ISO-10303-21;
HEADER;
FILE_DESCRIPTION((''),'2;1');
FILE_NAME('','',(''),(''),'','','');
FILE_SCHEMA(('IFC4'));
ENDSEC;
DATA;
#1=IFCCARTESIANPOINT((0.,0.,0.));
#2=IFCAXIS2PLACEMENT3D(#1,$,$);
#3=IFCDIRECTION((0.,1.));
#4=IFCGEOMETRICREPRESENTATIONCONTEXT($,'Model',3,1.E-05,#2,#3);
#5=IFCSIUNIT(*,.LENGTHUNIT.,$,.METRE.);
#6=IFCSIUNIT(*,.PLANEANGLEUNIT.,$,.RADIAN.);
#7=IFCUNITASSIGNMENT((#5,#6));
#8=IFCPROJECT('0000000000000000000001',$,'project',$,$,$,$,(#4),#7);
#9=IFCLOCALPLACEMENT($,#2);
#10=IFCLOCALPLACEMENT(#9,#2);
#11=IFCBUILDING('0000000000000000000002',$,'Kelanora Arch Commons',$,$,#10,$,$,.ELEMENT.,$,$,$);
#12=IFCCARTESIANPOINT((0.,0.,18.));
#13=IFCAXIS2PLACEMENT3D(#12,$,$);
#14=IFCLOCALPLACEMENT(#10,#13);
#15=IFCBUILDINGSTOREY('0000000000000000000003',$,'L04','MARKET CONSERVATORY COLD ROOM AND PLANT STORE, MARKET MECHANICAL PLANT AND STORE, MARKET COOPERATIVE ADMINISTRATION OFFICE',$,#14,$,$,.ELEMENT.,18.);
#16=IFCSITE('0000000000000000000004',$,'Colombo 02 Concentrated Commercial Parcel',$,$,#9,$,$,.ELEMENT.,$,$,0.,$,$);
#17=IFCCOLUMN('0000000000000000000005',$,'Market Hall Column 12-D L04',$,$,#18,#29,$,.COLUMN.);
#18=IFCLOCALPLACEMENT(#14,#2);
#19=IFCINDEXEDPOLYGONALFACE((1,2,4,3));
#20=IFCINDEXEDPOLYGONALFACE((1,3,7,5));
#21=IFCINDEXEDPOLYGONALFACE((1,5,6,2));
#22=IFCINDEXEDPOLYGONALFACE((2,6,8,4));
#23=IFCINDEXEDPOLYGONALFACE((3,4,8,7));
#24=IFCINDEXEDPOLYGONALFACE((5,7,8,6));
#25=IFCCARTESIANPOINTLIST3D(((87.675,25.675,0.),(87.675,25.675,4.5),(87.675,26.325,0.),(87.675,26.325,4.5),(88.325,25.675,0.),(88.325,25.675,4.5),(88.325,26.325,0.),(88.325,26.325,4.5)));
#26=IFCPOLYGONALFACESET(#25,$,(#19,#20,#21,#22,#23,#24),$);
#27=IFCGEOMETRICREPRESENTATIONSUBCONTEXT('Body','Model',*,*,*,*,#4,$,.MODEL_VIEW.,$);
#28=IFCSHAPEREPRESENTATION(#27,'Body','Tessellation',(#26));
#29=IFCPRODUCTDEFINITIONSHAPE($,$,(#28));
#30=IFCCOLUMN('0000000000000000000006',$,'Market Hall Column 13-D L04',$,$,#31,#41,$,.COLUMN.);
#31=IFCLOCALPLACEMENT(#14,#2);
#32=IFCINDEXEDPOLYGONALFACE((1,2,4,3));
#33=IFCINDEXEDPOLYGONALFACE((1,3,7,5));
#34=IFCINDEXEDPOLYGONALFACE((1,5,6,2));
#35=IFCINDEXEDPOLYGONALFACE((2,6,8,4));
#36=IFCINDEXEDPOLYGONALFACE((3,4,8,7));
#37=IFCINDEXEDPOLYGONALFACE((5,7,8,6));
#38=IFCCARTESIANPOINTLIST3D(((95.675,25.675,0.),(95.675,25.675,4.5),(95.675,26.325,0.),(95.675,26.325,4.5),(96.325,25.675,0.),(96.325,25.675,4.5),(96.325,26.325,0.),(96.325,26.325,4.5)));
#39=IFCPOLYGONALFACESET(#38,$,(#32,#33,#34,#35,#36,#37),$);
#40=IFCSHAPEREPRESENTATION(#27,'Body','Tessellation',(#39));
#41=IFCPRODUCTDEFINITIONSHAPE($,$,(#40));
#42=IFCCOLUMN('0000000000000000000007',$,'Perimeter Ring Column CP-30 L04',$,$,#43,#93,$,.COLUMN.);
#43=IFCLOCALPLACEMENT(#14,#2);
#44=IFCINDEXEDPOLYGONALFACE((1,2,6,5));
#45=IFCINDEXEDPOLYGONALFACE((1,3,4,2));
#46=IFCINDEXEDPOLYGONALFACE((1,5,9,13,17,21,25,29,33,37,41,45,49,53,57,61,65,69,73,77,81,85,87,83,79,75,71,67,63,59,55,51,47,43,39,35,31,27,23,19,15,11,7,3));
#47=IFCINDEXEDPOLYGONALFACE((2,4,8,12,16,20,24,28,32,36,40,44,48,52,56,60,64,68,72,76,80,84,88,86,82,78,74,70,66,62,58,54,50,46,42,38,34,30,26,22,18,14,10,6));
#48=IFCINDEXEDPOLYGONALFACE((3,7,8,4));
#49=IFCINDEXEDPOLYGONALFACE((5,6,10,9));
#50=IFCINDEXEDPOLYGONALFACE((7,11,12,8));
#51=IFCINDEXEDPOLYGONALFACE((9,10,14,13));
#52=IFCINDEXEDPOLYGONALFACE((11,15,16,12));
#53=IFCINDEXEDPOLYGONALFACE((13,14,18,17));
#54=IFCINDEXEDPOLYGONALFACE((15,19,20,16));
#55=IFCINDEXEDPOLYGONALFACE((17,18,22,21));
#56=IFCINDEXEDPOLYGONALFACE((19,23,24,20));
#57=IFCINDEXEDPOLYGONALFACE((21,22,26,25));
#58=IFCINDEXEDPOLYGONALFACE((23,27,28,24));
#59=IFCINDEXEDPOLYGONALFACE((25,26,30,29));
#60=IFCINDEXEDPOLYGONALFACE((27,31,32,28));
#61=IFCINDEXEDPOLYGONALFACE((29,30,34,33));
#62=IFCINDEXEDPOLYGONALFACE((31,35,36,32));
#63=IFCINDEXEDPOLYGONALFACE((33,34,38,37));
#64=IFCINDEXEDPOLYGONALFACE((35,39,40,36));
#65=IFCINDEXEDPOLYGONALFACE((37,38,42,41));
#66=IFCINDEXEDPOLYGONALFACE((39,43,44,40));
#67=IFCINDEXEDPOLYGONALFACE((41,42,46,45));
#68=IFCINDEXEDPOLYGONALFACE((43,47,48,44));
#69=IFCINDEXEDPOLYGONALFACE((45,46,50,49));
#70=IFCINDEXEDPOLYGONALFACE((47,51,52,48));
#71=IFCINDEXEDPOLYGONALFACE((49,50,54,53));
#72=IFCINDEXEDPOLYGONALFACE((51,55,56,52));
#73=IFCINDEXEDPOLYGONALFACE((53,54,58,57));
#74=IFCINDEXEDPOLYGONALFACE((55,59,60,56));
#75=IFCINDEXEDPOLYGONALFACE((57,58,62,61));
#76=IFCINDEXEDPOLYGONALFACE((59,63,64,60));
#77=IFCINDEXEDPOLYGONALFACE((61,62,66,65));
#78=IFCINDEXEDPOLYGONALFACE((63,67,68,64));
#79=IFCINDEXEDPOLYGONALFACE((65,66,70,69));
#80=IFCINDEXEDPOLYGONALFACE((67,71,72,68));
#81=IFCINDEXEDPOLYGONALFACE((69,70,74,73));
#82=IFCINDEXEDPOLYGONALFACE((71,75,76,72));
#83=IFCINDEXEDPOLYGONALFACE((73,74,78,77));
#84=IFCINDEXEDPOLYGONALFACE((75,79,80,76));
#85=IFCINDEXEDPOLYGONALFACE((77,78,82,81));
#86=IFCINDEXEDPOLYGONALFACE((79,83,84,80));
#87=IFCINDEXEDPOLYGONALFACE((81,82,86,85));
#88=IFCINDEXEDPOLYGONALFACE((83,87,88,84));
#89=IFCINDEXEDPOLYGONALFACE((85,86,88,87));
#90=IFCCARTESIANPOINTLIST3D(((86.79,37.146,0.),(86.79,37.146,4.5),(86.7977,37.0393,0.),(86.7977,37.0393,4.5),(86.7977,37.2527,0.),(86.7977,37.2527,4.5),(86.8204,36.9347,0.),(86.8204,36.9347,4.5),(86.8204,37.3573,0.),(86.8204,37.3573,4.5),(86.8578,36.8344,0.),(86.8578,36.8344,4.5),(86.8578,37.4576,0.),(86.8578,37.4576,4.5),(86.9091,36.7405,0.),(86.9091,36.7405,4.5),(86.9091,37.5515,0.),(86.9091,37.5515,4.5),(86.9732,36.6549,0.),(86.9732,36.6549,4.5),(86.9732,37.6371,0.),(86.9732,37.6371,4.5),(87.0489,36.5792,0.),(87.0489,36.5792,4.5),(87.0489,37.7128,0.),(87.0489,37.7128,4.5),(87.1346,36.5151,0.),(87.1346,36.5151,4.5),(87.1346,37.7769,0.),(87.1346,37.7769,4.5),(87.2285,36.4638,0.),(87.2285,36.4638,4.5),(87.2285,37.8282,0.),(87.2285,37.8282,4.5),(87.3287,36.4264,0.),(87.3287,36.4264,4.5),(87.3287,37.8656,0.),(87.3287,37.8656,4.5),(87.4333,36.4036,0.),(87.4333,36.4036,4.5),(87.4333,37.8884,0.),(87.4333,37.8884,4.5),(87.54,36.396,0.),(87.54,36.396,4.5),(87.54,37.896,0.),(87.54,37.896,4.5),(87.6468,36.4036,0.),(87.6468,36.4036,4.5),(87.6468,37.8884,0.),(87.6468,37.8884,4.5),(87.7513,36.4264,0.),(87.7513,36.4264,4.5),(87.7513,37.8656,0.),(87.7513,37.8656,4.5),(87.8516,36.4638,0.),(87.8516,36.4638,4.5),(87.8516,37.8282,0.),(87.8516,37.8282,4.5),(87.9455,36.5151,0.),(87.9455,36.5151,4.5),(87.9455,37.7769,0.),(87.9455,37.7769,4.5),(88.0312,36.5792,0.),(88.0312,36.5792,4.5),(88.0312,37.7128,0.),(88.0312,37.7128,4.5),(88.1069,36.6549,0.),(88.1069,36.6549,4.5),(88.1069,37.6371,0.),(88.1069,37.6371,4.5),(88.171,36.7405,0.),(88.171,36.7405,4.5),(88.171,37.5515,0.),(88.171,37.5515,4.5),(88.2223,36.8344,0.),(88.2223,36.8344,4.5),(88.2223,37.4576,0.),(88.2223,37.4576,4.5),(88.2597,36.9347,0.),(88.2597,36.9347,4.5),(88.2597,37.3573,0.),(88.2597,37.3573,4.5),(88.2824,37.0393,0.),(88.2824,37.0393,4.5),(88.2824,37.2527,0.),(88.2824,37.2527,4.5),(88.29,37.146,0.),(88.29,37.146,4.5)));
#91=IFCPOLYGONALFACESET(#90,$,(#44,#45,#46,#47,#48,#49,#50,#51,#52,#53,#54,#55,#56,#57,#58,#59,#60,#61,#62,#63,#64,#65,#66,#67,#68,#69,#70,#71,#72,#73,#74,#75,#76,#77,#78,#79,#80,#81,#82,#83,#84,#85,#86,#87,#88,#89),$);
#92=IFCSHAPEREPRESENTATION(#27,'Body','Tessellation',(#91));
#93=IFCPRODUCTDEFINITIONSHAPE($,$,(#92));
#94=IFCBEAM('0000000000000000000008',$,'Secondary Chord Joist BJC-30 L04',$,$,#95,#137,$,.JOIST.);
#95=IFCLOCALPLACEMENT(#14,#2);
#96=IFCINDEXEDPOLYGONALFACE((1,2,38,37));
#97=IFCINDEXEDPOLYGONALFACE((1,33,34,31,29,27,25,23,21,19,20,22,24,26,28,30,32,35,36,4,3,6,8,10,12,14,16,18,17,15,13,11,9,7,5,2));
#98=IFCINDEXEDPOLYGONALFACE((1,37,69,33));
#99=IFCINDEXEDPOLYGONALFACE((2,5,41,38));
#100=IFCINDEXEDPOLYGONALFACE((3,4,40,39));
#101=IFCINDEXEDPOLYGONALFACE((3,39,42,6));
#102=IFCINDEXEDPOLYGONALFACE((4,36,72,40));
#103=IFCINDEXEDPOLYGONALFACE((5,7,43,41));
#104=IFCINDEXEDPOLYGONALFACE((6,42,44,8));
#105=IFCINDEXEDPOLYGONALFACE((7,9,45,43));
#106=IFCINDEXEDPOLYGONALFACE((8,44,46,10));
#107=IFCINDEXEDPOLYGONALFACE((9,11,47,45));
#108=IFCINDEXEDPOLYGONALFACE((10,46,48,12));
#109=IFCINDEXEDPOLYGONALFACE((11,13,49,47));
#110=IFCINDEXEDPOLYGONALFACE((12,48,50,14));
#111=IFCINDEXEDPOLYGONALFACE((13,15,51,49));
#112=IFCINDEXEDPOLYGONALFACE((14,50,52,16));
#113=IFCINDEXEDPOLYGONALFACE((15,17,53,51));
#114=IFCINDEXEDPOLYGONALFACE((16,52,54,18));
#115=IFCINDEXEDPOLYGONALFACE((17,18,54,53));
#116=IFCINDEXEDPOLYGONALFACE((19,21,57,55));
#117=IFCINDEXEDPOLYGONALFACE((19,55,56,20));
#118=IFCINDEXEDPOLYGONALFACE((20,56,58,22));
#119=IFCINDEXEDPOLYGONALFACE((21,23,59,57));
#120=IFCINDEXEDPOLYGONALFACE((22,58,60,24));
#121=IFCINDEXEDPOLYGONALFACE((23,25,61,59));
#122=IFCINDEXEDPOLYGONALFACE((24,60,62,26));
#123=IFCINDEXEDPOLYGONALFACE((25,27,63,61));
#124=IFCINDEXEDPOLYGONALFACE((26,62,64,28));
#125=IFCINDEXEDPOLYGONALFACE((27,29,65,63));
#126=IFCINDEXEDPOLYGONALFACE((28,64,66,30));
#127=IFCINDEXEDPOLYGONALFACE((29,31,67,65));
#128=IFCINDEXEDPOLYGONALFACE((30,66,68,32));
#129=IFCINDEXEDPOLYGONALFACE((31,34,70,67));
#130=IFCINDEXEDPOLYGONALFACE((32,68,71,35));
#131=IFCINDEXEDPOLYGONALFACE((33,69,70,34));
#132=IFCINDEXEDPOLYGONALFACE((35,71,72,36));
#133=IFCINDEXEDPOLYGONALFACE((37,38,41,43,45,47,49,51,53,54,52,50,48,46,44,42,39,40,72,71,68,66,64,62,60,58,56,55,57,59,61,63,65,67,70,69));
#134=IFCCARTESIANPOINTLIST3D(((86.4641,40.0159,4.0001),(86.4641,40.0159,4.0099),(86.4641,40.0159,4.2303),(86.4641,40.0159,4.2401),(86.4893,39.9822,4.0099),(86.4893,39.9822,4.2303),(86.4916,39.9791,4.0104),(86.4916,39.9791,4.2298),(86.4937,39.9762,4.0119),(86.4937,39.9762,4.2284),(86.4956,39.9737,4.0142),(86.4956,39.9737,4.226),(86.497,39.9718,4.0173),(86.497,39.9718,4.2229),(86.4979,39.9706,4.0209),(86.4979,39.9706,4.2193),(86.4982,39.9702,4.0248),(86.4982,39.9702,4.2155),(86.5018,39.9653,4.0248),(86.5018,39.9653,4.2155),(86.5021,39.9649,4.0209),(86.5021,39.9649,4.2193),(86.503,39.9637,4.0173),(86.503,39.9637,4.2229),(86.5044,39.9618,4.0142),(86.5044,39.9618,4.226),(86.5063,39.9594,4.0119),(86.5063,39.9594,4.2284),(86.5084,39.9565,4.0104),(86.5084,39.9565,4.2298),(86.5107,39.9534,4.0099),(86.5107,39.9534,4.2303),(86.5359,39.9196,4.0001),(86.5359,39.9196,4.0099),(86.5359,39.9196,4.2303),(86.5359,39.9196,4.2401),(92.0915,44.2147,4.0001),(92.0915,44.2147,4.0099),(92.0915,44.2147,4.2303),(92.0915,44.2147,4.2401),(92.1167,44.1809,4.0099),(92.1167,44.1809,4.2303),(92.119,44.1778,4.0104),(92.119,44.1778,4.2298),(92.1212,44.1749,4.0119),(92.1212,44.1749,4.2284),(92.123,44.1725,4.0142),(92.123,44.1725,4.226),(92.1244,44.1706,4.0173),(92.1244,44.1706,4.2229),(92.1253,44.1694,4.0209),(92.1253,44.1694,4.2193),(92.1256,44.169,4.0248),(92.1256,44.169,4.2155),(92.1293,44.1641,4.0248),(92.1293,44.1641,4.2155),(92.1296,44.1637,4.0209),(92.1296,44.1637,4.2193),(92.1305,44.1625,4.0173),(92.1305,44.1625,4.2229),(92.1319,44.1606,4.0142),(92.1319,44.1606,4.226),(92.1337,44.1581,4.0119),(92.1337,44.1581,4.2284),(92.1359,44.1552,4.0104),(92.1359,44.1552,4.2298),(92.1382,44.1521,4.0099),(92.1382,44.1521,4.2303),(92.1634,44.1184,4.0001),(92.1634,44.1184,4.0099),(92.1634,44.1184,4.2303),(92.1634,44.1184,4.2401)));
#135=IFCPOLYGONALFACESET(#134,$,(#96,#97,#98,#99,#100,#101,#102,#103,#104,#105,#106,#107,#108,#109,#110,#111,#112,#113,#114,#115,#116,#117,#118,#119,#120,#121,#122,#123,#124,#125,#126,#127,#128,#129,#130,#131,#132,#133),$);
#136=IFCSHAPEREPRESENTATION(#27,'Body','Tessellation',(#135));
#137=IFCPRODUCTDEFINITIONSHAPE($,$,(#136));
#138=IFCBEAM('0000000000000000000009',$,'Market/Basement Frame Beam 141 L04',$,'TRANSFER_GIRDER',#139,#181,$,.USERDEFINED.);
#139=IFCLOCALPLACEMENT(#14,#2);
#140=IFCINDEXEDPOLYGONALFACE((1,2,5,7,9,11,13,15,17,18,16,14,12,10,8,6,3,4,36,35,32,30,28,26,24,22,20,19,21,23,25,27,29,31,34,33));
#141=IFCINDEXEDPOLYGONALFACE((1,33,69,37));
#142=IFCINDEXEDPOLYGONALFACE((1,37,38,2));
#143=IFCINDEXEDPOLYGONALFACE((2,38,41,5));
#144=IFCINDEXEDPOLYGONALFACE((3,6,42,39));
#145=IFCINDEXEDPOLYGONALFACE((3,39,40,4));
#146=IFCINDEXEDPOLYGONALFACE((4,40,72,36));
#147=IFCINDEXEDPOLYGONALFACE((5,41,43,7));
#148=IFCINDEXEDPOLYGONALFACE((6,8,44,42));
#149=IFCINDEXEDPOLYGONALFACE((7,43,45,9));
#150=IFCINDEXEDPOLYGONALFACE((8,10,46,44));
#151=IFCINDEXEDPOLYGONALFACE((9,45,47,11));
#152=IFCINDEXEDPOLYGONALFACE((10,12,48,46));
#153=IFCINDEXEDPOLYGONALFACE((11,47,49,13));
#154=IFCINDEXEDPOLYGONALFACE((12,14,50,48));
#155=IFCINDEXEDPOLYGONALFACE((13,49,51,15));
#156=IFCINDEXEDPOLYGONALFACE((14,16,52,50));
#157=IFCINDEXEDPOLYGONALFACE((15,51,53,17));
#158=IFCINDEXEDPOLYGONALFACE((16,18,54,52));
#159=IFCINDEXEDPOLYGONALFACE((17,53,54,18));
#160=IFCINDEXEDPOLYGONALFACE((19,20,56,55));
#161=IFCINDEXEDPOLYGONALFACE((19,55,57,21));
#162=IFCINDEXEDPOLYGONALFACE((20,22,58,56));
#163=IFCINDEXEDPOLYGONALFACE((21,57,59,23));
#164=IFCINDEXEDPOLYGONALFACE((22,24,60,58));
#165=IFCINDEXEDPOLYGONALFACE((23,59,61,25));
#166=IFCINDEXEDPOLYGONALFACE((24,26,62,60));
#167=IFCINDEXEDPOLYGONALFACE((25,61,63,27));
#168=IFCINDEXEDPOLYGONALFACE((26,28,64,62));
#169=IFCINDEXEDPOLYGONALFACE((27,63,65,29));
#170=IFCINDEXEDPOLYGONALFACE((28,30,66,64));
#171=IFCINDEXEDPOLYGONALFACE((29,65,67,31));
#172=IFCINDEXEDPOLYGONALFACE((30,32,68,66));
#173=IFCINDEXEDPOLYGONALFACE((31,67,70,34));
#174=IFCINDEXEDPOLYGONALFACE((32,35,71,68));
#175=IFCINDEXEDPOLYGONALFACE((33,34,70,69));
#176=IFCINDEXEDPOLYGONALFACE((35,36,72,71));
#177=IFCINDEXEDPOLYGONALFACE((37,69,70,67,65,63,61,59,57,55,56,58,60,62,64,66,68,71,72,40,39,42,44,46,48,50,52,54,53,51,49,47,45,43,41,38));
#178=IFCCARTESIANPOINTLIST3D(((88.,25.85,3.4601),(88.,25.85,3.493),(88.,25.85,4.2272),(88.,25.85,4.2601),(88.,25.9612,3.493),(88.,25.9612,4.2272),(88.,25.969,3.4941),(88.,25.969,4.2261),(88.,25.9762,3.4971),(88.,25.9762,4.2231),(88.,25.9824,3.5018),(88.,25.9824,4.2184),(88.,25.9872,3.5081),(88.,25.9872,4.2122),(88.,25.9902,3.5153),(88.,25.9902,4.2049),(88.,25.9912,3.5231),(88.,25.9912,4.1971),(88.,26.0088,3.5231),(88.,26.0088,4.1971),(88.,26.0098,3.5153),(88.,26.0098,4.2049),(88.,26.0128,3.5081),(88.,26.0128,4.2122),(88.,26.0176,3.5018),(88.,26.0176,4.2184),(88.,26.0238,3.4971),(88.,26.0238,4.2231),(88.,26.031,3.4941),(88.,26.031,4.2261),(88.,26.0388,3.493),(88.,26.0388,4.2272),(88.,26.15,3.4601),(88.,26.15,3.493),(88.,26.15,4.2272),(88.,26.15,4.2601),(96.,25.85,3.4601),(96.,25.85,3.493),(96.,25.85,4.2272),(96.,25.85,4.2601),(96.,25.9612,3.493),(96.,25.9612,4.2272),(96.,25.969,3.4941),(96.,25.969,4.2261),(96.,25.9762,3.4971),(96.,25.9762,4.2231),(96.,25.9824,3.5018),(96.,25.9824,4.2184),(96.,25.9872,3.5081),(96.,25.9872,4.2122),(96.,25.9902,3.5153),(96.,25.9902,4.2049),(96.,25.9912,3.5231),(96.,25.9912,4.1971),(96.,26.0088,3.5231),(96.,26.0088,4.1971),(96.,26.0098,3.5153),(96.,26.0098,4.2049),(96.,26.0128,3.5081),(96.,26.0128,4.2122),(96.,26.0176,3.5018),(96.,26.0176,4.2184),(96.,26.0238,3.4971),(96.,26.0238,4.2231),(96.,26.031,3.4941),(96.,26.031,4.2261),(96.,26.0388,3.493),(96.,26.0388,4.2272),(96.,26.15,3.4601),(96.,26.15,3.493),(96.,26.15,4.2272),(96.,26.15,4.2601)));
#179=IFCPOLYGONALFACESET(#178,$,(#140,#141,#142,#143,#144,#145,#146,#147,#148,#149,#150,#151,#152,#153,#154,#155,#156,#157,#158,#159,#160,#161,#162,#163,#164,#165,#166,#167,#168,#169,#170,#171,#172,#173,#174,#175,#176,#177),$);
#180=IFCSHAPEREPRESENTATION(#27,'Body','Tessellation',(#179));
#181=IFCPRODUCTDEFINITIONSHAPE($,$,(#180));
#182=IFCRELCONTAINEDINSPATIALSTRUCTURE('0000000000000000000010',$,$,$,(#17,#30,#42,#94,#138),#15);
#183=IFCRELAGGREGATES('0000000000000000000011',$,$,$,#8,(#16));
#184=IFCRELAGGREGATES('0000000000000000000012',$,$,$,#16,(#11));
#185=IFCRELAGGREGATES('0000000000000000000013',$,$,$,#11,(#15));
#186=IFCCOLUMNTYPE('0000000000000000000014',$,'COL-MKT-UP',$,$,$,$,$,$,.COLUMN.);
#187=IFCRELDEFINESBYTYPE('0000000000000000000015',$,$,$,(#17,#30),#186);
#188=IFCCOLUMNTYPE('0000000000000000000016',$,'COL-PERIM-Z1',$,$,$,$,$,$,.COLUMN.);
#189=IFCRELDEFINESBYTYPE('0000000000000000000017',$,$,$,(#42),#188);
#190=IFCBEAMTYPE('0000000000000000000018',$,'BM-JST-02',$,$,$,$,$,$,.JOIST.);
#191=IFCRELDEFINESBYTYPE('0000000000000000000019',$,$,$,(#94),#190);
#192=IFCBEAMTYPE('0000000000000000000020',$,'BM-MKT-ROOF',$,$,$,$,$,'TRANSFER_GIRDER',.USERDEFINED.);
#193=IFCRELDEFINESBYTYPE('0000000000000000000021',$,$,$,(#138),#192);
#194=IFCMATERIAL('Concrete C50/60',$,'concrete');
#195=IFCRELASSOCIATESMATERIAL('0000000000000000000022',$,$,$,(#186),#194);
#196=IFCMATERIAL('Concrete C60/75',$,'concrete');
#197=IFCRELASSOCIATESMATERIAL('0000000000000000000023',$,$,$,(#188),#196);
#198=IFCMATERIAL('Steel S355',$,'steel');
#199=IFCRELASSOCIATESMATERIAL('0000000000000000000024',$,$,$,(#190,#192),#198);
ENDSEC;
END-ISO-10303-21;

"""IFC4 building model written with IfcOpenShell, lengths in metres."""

from ifc_helpers import new_model, si_unit, direction, frame, origin, origin_2d, place, context, subcontext, project, spatial, rectangle, circle, i_section, extrude, material, material_profile, profile_set, type_object, element, save


model = new_model("IFC4")

# Units and contexts
model_context = context("Model", 3, precision=1e-05, world=origin(), true_north=direction((0.0, 1.0)))
body_context = subcontext(model_context, "Body", "Model", "MODEL_VIEW")
ifc_project = project(units=[si_unit("LENGTHUNIT", "METRE"), si_unit("PLANEANGLEUNIT", "RADIAN")], contexts=[model_context])

# Site, building, storey
site_placement = place(None, origin())
site = spatial("IfcSite", under=ifc_project, at=site_placement, Name="Colombo 02 Concentrated Commercial Parcel", CompositionType="ELEMENT", RefElevation=0.0)
building_placement = place(site_placement, origin())
building = spatial("IfcBuilding", under=site, at=building_placement, Name="Kelanora Arch Commons", CompositionType="ELEMENT")
storey_placement = place(building_placement, frame((0.0, 0.0, 18.0)))
storey = spatial("IfcBuildingStorey", under=building, at=storey_placement, Name="L04", Description="MARKET CONSERVATORY COLD ROOM AND PLANT STORE, MARKET MECHANICAL PLANT AND STORE, MARKET COOPERATIVE ADMINISTRATION OFFICE", CompositionType="ELEMENT", Elevation=18.0)

# Columns
ifc_material_1 = material(Name="Concrete C50/60", Category="concrete")
ifc_material_profile_1 = material_profile(ifc_material_1, rectangle(XDim=0.6499, YDim=0.6499, at=origin_2d()), Name="RC650x650")
ifc_profile_set_1 = profile_set([ifc_material_profile_1], Name="Concrete C50/60")
column_type_1 = type_object("IfcColumnType", Name="COL-MKT-UP", PredefinedType="COLUMN", material=ifc_profile_set_1)
for number, where, z_axis, x_axis, name in (
    (1, (88.0, 26.0, 0.0), (0.0, 0.0, 1.0), (1.0, 0.0, 0.0), "Market Hall Column 12-D L04"),
    (2, (96.0, 26.0, 0.0), (0.0, 0.0, 1.0), (1.0, 0.0, 0.0), "Market Hall Column 13-D L04"),
):
    element("IfcColumn", number, at=place(storey_placement, frame(where, z_axis=z_axis, x_axis=x_axis)), inside=storey, type_object=column_type_1, Name=name, PredefinedType="COLUMN", context=body_context, shape_type="SweptSolid", body=[
        extrude(rectangle(XDim=0.6499, YDim=0.6499, at=origin_2d()), origin(), (0.0, 0.0, 1.0), 4.5),
    ])
ifc_material_2 = material(Name="Concrete C60/75", Category="concrete")
ifc_material_profile_2 = material_profile(ifc_material_2, circle(Radius=0.75, at=origin_2d()), Name="RCC1500")
ifc_profile_set_2 = profile_set([ifc_material_profile_2], Name="Concrete C60/75")
column_type_2 = type_object("IfcColumnType", Name="COL-PERIM-Z1", PredefinedType="COLUMN", material=ifc_profile_set_2)
column_placement = place(storey_placement, frame((87.54, 37.146, 0.0), z_axis=(0.0, 0.0, 1.0), x_axis=(1.0, 0.0, 0.0)))
element("IfcColumn", 3, at=column_placement, inside=storey, type_object=column_type_2, Name="Perimeter Ring Column CP-30 L04", PredefinedType="COLUMN", context=body_context, shape_type="SweptSolid", body=[
    extrude(circle(Radius=0.75, at=origin_2d()), origin(), (0.0, 0.0, 1.0), 4.5),
])

# Beams
ifc_material_3 = material(Name="Steel S355", Category="steel")
ifc_material_profile_3 = material_profile(ifc_material_3, i_section(OverallWidth=0.1201, OverallDepth=0.24, WebThickness=0.0061, FlangeThickness=0.0098, FilletRadius=0.0149, at=origin_2d()), Name="IPE240")
ifc_profile_set_3 = profile_set([ifc_material_profile_3], Name="Steel S355")
beam_type_1 = type_object("IfcBeamType", Name="BM-JST-02", PredefinedType="JOIST", material=ifc_profile_set_3)
beam_1_placement = place(storey_placement, frame((86.5, 39.9678, 4.1201), z_axis=(0.801491, 0.598006, 0.0), x_axis=(-0.598006, 0.801491, 0.0)))
element("IfcBeam", 4, at=beam_1_placement, inside=storey, type_object=beam_type_1, Name="Secondary Chord Joist BJC-30 L04", PredefinedType="JOIST", context=body_context, shape_type="SweptSolid", body=[
    extrude(i_section(OverallWidth=0.1201, OverallDepth=0.24, WebThickness=0.0061, FlangeThickness=0.0098, FilletRadius=0.0149, at=origin_2d()), origin(), (0.0, 0.0, 1.0), 7.0212),
])
ifc_material_profile_4 = material_profile(ifc_material_3, i_section(OverallWidth=0.3, OverallDepth=0.8, WebThickness=0.0176, FlangeThickness=0.033, FilletRadius=0.03, at=origin_2d()), Name="HEB800")
ifc_profile_set_4 = profile_set([ifc_material_profile_4], Name="Steel S355")
beam_type_2 = type_object("IfcBeamType", Name="BM-MKT-ROOF", ElementType="TRANSFER_GIRDER", PredefinedType="USERDEFINED", material=ifc_profile_set_4)
beam_2_placement = place(storey_placement, frame((88.0, 26.0, 3.8601), z_axis=(1.0, 0.0, 0.0), x_axis=(0.0, 1.0, 0.0)))
element("IfcBeam", 5, at=beam_2_placement, inside=storey, type_object=beam_type_2, Name="Market/Basement Frame Beam 141 L04", ObjectType="TRANSFER_GIRDER", PredefinedType="USERDEFINED", context=body_context, shape_type="SweptSolid", body=[
    extrude(i_section(OverallWidth=0.3, OverallDepth=0.8, WebThickness=0.0176, FlangeThickness=0.033, FilletRadius=0.03, at=origin_2d()), origin(), (0.0, 0.0, 1.0), 8.0),
])

save(model, "model.ifc")
